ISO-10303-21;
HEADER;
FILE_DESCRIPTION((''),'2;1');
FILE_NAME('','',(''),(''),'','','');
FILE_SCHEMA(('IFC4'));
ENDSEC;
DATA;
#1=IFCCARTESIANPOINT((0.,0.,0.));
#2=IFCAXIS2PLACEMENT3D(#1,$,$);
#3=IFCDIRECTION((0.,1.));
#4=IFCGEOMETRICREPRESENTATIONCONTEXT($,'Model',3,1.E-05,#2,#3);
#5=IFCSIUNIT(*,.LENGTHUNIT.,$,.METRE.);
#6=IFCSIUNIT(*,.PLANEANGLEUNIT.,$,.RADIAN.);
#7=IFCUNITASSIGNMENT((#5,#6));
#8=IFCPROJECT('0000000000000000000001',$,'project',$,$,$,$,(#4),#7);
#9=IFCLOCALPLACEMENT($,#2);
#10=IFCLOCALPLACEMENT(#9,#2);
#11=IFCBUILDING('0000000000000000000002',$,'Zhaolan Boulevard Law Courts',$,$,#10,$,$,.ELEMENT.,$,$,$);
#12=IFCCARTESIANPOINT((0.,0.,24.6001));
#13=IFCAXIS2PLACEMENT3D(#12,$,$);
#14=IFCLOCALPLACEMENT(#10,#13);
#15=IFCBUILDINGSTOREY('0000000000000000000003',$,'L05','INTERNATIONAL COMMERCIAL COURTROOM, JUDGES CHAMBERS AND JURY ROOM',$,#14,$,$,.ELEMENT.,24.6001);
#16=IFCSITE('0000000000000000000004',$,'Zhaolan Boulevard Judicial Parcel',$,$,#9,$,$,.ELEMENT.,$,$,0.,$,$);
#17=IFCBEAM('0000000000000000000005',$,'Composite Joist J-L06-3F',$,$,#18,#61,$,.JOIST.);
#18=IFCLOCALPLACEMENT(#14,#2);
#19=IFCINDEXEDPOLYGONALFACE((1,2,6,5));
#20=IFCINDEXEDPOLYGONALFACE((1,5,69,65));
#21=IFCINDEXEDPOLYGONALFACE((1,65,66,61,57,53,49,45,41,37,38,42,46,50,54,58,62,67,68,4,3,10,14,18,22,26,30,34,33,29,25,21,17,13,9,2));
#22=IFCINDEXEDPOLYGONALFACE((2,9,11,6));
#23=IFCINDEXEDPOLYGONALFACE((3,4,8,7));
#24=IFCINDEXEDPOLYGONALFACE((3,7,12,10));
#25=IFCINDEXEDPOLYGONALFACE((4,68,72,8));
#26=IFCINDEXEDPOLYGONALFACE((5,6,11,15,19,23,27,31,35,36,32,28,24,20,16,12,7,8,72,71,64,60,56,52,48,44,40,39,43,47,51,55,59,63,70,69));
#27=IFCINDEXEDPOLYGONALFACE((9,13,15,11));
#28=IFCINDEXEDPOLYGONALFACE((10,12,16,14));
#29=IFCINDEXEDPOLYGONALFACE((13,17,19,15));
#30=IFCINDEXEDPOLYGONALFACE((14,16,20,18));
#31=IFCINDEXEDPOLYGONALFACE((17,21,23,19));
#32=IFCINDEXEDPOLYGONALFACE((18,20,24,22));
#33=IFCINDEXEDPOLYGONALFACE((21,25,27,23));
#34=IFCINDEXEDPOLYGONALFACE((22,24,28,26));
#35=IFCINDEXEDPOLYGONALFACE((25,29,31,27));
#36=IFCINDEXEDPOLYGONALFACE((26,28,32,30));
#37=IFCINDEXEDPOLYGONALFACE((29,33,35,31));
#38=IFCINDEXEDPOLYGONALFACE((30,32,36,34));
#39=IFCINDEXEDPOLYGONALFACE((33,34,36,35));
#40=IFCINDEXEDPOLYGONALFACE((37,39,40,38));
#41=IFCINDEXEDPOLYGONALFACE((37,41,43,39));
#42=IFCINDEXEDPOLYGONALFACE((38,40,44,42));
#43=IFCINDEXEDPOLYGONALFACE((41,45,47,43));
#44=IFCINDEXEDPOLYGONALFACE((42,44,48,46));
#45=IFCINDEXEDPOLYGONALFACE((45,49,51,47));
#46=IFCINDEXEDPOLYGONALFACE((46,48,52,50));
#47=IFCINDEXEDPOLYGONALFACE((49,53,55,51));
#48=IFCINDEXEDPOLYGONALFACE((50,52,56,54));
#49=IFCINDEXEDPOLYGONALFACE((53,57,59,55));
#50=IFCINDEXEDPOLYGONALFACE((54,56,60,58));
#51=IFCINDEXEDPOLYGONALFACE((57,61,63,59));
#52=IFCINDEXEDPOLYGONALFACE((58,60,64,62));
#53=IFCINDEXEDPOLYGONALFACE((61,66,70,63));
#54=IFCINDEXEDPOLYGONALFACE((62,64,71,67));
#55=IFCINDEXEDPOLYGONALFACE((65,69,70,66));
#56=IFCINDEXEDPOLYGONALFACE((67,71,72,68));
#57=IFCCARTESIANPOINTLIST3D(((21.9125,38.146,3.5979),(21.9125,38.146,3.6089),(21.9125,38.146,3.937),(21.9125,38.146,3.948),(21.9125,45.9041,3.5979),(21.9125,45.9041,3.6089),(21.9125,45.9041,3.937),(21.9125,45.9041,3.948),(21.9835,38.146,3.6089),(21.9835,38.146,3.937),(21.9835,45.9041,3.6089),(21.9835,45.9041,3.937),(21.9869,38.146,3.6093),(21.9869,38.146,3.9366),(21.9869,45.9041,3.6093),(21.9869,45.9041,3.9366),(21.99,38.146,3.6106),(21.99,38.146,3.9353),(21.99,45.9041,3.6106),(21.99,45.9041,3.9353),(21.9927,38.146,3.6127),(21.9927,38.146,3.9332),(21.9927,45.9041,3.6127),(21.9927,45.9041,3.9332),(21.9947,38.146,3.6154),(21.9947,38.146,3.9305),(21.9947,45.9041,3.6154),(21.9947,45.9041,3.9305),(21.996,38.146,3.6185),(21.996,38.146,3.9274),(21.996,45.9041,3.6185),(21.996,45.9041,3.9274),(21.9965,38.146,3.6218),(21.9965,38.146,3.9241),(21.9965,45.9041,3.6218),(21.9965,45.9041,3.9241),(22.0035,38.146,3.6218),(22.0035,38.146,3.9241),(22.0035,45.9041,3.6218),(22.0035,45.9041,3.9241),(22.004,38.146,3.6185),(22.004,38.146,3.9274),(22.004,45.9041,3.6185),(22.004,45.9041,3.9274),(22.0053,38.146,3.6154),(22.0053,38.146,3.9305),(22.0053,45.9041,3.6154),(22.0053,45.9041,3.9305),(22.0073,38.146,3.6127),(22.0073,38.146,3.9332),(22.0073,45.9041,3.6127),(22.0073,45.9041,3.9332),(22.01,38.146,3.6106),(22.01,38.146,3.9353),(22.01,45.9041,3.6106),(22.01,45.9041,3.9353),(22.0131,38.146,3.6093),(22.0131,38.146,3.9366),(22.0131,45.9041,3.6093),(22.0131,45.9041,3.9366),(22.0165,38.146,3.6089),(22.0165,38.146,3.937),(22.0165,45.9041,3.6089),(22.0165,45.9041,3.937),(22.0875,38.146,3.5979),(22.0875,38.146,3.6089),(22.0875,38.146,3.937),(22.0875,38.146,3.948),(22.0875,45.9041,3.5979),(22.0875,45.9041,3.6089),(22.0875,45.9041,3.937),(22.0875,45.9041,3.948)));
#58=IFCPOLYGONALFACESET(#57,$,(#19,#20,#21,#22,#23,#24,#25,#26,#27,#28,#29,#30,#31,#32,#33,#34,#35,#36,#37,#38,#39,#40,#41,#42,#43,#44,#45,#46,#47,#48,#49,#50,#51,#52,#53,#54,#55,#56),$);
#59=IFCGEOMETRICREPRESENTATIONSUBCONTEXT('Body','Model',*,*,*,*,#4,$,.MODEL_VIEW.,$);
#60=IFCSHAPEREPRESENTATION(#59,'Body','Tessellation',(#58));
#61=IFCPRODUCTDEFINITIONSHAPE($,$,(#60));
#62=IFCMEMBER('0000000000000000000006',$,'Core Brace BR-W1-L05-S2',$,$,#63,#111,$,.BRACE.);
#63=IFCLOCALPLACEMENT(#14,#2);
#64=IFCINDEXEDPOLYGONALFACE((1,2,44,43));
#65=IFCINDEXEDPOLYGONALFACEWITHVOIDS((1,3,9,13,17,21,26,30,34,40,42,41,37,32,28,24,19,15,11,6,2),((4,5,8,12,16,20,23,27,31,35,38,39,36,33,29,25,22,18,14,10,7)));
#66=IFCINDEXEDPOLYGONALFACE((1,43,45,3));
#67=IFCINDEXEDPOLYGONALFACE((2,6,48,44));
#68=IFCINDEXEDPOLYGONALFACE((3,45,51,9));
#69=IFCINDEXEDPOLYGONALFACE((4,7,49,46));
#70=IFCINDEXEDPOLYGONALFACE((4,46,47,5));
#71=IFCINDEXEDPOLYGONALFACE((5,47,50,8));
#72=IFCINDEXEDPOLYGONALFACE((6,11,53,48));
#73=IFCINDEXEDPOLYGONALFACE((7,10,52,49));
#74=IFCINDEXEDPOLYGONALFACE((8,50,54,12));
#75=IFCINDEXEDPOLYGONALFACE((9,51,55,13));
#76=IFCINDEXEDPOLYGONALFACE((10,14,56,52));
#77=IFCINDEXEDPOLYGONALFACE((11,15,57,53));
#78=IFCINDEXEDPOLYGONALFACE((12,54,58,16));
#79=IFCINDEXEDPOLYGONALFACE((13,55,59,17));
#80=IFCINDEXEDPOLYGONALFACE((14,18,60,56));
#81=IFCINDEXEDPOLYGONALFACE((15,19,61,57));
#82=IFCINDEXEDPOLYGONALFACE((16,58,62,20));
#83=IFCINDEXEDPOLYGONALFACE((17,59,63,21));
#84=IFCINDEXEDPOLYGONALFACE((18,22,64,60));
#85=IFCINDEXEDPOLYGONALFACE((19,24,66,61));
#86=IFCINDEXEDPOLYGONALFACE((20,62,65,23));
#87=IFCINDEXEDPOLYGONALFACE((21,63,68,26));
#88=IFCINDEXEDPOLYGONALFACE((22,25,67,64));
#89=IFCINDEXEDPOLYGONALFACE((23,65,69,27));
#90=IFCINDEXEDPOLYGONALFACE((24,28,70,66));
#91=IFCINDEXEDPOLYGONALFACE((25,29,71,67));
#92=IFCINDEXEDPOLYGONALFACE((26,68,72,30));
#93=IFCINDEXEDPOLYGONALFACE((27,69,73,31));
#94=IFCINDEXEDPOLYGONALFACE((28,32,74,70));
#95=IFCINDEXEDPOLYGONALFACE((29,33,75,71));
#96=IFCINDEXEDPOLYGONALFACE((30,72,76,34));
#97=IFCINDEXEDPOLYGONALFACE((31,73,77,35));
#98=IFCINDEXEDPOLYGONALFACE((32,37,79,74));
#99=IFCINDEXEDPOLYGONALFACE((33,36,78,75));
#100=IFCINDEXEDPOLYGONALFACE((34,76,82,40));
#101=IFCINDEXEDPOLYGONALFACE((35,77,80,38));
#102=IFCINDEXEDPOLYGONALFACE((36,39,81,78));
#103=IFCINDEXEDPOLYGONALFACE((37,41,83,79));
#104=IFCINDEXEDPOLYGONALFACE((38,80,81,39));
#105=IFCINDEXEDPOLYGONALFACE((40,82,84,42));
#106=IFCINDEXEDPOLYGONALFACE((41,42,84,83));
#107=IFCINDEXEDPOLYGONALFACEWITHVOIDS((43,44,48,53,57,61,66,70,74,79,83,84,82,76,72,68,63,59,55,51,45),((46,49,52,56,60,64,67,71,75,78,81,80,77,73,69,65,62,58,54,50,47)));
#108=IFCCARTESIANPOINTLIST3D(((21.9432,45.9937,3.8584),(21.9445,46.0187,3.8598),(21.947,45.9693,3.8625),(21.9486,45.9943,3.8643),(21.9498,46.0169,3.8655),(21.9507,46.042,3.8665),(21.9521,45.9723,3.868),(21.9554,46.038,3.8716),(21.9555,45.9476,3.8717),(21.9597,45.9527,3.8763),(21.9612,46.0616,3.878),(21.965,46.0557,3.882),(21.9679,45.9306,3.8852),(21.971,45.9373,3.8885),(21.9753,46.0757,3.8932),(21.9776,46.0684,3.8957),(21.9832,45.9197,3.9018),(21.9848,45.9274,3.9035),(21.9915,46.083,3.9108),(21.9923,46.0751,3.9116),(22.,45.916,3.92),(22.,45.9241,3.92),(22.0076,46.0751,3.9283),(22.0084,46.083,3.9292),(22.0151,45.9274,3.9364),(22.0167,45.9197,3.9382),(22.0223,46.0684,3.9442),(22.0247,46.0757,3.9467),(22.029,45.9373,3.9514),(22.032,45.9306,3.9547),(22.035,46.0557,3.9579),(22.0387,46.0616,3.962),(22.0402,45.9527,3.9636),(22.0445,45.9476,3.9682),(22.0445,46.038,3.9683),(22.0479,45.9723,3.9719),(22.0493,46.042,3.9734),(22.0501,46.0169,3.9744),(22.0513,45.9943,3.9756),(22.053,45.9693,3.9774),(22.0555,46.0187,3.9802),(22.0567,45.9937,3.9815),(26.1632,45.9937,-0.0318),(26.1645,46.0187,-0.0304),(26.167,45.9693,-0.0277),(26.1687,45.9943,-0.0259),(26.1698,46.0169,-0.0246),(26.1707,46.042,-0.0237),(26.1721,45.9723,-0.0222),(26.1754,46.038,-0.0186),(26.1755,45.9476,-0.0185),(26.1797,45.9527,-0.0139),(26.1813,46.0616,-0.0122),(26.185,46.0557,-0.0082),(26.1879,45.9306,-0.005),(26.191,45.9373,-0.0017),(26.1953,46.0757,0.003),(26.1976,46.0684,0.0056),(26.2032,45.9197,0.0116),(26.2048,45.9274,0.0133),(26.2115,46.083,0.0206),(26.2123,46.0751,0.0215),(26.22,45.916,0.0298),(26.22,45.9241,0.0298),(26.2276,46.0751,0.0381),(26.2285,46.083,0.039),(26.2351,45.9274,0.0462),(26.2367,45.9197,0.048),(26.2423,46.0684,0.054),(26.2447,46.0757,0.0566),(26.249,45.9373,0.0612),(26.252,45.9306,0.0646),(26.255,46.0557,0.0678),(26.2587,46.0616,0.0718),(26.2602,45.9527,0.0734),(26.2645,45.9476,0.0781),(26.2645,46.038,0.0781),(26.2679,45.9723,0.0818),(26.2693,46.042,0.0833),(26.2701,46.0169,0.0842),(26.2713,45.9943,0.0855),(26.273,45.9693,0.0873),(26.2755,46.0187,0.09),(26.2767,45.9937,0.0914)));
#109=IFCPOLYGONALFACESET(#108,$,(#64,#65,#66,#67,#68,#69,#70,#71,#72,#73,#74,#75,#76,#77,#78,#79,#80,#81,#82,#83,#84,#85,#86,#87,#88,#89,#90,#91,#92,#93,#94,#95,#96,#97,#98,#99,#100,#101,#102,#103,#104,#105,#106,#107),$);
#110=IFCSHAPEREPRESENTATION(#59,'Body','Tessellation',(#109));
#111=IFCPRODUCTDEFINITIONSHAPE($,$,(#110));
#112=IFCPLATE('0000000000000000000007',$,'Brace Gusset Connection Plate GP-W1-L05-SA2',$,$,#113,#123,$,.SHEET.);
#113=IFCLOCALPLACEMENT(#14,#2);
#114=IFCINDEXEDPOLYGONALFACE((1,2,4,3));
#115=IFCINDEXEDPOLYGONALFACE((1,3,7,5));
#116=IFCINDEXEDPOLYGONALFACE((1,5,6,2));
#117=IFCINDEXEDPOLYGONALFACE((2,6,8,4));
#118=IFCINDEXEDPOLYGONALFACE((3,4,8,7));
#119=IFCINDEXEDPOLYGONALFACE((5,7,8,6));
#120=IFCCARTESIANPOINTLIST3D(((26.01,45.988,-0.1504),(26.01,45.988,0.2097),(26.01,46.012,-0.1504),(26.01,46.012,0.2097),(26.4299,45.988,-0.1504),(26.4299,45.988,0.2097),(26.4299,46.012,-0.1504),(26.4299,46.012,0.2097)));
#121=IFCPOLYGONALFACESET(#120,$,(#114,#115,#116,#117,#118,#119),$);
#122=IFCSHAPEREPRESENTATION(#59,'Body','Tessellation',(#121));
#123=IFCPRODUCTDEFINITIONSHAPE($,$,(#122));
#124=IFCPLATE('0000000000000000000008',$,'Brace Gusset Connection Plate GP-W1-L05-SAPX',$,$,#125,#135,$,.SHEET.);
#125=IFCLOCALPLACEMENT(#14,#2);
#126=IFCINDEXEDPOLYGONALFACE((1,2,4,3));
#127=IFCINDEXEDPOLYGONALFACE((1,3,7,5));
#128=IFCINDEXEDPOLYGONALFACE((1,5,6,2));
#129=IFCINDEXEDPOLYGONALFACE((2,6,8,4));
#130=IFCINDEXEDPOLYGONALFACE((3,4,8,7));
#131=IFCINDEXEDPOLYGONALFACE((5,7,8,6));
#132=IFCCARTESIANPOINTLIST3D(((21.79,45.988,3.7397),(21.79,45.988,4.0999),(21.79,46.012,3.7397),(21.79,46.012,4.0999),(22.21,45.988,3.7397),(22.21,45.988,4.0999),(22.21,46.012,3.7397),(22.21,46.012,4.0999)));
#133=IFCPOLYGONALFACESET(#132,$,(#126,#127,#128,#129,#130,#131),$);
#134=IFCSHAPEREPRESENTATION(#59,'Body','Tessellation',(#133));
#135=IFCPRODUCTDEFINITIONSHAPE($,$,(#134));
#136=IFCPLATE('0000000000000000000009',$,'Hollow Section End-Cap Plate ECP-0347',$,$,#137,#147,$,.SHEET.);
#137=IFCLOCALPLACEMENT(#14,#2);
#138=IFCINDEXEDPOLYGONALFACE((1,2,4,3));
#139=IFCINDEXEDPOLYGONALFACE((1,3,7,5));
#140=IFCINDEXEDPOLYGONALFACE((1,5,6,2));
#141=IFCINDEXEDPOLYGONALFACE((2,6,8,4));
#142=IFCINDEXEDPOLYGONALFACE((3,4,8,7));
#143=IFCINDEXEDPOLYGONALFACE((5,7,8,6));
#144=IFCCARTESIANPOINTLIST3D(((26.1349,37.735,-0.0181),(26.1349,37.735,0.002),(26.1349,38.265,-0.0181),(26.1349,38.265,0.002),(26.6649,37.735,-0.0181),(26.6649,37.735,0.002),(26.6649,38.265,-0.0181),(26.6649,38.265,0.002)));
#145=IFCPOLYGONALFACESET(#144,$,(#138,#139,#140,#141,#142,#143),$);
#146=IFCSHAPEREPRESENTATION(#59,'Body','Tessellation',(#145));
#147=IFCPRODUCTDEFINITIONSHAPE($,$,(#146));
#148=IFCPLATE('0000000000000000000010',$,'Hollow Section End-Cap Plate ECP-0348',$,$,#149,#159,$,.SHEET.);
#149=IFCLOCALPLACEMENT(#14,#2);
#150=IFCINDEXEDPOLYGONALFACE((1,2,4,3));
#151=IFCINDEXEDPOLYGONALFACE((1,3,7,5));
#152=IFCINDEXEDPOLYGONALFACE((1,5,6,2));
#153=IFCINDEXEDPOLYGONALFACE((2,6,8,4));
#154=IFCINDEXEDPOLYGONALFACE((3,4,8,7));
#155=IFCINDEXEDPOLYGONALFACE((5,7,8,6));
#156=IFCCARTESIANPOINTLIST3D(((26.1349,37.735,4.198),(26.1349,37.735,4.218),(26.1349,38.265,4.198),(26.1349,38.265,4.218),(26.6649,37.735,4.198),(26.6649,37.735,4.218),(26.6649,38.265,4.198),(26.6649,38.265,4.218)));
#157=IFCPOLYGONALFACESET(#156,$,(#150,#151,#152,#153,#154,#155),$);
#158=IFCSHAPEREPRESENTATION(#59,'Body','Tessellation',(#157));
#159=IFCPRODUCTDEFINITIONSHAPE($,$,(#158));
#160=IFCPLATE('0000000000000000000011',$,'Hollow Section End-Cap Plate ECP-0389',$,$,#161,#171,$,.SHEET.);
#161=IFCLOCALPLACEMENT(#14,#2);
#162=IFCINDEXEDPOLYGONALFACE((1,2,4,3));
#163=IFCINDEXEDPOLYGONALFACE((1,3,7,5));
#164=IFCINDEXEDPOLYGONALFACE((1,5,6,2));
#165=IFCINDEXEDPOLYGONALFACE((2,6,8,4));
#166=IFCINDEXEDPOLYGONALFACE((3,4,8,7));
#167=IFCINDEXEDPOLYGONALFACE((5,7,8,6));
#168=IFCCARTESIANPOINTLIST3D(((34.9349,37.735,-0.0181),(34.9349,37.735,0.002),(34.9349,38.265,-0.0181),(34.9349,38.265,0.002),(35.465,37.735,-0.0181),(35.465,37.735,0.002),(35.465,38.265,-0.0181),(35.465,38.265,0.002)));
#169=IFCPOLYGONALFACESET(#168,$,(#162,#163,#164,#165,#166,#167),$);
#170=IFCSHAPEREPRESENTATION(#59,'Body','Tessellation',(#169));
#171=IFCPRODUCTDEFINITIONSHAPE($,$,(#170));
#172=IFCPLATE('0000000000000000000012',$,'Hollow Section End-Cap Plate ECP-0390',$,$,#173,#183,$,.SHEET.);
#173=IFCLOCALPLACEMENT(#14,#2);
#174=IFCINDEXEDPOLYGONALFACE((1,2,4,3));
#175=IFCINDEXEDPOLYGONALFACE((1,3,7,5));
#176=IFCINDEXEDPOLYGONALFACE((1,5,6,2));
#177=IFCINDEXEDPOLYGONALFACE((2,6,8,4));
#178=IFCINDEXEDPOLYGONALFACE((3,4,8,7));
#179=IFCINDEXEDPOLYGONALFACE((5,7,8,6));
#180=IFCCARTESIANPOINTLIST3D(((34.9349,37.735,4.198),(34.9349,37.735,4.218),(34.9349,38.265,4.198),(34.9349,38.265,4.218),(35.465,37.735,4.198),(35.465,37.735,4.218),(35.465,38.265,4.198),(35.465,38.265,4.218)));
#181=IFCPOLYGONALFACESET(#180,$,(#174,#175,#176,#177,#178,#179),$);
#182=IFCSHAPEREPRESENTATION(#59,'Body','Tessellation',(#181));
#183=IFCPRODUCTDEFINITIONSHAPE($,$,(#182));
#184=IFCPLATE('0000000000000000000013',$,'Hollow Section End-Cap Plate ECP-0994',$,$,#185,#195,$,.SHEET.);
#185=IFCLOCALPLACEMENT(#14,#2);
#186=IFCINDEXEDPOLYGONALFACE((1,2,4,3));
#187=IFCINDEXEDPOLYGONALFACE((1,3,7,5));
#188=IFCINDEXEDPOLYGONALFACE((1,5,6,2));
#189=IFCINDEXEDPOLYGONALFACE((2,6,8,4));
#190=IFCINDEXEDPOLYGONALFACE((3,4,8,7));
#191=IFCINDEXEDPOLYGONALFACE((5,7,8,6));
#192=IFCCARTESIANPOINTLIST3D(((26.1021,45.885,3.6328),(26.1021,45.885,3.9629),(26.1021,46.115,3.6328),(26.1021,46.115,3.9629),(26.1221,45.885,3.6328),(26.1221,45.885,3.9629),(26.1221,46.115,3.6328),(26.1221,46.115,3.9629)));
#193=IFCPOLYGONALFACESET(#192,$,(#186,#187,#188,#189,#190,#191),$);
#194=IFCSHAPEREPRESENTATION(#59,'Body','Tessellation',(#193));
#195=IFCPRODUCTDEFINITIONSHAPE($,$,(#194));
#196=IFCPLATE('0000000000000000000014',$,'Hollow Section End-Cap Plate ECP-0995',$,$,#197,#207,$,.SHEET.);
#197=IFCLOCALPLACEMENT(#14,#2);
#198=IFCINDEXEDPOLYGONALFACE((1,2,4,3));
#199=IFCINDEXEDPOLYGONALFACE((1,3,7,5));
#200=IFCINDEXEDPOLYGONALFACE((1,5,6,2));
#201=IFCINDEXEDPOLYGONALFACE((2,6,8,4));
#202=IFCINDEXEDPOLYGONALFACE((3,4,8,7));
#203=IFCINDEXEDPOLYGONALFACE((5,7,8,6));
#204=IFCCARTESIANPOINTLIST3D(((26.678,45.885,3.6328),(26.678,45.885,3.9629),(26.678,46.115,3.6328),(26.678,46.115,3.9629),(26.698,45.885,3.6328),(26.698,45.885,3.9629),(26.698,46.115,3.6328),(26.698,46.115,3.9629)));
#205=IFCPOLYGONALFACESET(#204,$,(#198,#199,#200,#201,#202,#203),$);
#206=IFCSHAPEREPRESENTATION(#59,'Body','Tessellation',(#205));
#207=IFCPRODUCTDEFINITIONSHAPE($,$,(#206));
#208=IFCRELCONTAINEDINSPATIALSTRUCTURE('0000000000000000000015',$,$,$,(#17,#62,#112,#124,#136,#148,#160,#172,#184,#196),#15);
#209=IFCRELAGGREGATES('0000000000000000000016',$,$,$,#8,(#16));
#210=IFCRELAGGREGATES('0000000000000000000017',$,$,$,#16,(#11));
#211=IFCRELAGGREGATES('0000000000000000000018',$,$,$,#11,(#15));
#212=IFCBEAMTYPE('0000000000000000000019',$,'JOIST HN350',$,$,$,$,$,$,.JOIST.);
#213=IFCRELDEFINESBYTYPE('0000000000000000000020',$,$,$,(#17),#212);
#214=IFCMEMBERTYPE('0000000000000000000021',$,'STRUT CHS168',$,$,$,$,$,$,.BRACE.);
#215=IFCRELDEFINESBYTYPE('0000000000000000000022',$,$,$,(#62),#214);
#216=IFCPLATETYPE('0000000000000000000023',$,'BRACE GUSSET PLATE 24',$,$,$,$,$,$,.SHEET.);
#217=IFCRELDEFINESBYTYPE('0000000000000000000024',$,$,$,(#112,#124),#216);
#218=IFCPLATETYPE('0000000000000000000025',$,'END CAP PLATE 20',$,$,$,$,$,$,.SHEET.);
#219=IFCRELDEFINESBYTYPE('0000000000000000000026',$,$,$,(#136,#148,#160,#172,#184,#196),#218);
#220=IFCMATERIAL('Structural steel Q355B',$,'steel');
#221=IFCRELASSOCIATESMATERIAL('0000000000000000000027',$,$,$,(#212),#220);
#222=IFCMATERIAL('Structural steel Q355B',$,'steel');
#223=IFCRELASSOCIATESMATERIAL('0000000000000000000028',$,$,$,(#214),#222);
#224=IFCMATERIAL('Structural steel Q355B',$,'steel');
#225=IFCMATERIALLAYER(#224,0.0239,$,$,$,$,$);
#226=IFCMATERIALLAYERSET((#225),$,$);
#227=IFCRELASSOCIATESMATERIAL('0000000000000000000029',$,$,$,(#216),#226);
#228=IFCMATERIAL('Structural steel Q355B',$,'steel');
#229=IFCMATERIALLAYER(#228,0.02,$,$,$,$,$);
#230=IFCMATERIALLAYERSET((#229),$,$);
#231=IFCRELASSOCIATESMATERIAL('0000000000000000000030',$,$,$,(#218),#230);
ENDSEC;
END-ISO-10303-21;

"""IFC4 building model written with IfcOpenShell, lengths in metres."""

from ifc_helpers import new_model, si_unit, direction, frame, origin, origin_2d, place, context, subcontext, project, spatial, rectangle, hollow_circle, i_section, extrude, material, layer, layer_set, material_profile, profile_set, type_object, element, save


model = new_model("IFC4")

# Units and contexts
model_context = context("Model", 3, precision=1e-05, world=origin(), true_north=direction((0.0, 1.0)))
body_context = subcontext(model_context, "Body", "Model", "MODEL_VIEW")
ifc_project = project(units=[si_unit("LENGTHUNIT", "METRE"), si_unit("PLANEANGLEUNIT", "RADIAN")], contexts=[model_context])

# Site, building, storey
site_placement = place(None, origin())
site = spatial("IfcSite", under=ifc_project, at=site_placement, Name="Zhaolan Boulevard Judicial Parcel", CompositionType="ELEMENT", RefElevation=0.0)
building_placement = place(site_placement, origin())
building = spatial("IfcBuilding", under=site, at=building_placement, Name="Zhaolan Boulevard Law Courts", CompositionType="ELEMENT")
storey_placement = place(building_placement, frame((0.0, 0.0, 24.6001)))
storey = spatial("IfcBuildingStorey", under=building, at=storey_placement, Name="L05", Description="INTERNATIONAL COMMERCIAL COURTROOM, JUDGES CHAMBERS AND JURY ROOM", CompositionType="ELEMENT", Elevation=24.6001)

# Beam
ifc_material_1 = material(Name="Structural steel Q355B", Category="steel")
ifc_material_profile_1 = material_profile(ifc_material_1, i_section(OverallWidth=0.175, OverallDepth=0.3501, WebThickness=0.0071, FlangeThickness=0.011, FilletRadius=0.0129, at=origin_2d()), Name="HN350x175")
ifc_profile_set_1 = profile_set([ifc_material_profile_1], Name="Structural steel Q355B")
beam_type_1 = type_object("IfcBeamType", Name="JOIST HN350", PredefinedType="JOIST", material=ifc_profile_set_1)
beam_1_placement = place(storey_placement, frame((22.0, 38.146, 3.7729), z_axis=(0.0, 1.0, 0.0), x_axis=(-1.0, 0.0, 0.0)))
element("IfcBeam", 1, at=beam_1_placement, inside=storey, type_object=beam_type_1, Name="Composite Joist J-L06-3F", PredefinedType="JOIST", context=body_context, shape_type="SweptSolid", body=[
    extrude(i_section(OverallWidth=0.175, OverallDepth=0.3501, WebThickness=0.0071, FlangeThickness=0.011, FilletRadius=0.0129, at=origin_2d()), origin(), (0.0, 0.0, 1.0), 7.7581),
])

# Member
ifc_material_2 = material(Name="Structural steel Q355B", Category="steel")
ifc_material_profile_2 = material_profile(ifc_material_2, hollow_circle(Radius=0.084, WallThickness=0.0081, at=origin_2d()), Name="CHS168x8")
ifc_profile_set_2 = profile_set([ifc_material_profile_2], Name="Structural steel Q355B")
member_type = type_object("IfcMemberType", Name="STRUT CHS168", PredefinedType="BRACE", material=ifc_profile_set_2)
member_placement = place(storey_placement, frame((26.22, 46.0, 0.0298), z_axis=(-0.735257, 0.0, 0.677789), x_axis=(0.0, -1.0, 0.0)))
element("IfcMember", 2, at=member_placement, inside=storey, type_object=member_type, Name="Core Brace BR-W1-L05-S2", PredefinedType="BRACE", context=body_context, shape_type="SweptSolid", body=[
    extrude(hollow_circle(Radius=0.084, WallThickness=0.0081, at=origin_2d()), origin(), (0.0, 0.0, 1.0), 5.7395),
])

# Plates
ifc_material_3 = material(Name="Structural steel Q355B", Category="steel")
ifc_layer_1 = layer(ifc_material_3, 0.0239)
ifc_layer_set_1 = layer_set([ifc_layer_1])
plate_type_1 = type_object("IfcPlateType", Name="BRACE GUSSET PLATE 24", PredefinedType="SHEET", material=ifc_layer_set_1)
for number, where, z_axis, x_axis, name in (
    (3, (26.22, 46.0, -0.1504), (0.0, 0.0, 1.0), (1.0, 0.0, 0.0), "Brace Gusset Connection Plate GP-W1-L05-SA2"),
    (4, (22.0, 46.0, 3.7397), (0.0, 0.0, 1.0), (1.0, 0.0, 0.0), "Brace Gusset Connection Plate GP-W1-L05-SAPX"),
):
    element("IfcPlate", number, at=place(storey_placement, frame(where, z_axis=z_axis, x_axis=x_axis)), inside=storey, type_object=plate_type_1, Name=name, PredefinedType="SHEET", context=body_context, shape_type="SweptSolid", body=[
        extrude(rectangle(XDim=0.4199, YDim=0.0239, at=origin_2d()), origin(), (0.0, 0.0, 1.0), 0.3601),
    ])
ifc_material_4 = material(Name="Structural steel Q355B", Category="steel")
ifc_layer_2 = layer(ifc_material_4, 0.02)
ifc_layer_set_2 = layer_set([ifc_layer_2])
plate_type_2 = type_object("IfcPlateType", Name="END CAP PLATE 20", PredefinedType="SHEET", material=ifc_layer_set_2)
for number, where, z_axis, x_axis, name in (
    (5, (26.3999, 38.0, -0.0181), (0.0, 0.0, 1.0), (1.0, 0.0, 0.0), "Hollow Section End-Cap Plate ECP-0347"),
    (6, (26.3999, 38.0, 4.198), (0.0, 0.0, 1.0), (1.0, 0.0, 0.0), "Hollow Section End-Cap Plate ECP-0348"),
    (7, (35.2, 38.0, -0.0181), (0.0, 0.0, 1.0), (1.0, 0.0, 0.0), "Hollow Section End-Cap Plate ECP-0389"),
    (8, (35.2, 38.0, 4.198), (0.0, 0.0, 1.0), (1.0, 0.0, 0.0), "Hollow Section End-Cap Plate ECP-0390"),
):
    element("IfcPlate", number, at=place(storey_placement, frame(where, z_axis=z_axis, x_axis=x_axis)), inside=storey, type_object=plate_type_2, Name=name, PredefinedType="SHEET", context=body_context, shape_type="SweptSolid", body=[
        extrude(rectangle(XDim=0.53, YDim=0.53, at=origin_2d()), origin(), (0.0, 0.0, 1.0), 0.02),
    ])
for number, where, z_axis, x_axis, name in (
    (9, (26.1121, 46.0, 3.6328), (0.0, 0.0, 1.0), (1.0, 0.0, 0.0), "Hollow Section End-Cap Plate ECP-0994"),
    (10, (26.688, 46.0, 3.6328), (0.0, 0.0, 1.0), (1.0, 0.0, 0.0), "Hollow Section End-Cap Plate ECP-0995"),
):
    element("IfcPlate", number, at=place(storey_placement, frame(where, z_axis=z_axis, x_axis=x_axis)), inside=storey, type_object=plate_type_2, Name=name, PredefinedType="SHEET", context=body_context, shape_type="SweptSolid", body=[
        extrude(rectangle(XDim=0.02, YDim=0.23, at=origin_2d()), origin(), (0.0, 0.0, 1.0), 0.3301),
    ])

save(model, "model.ifc")
